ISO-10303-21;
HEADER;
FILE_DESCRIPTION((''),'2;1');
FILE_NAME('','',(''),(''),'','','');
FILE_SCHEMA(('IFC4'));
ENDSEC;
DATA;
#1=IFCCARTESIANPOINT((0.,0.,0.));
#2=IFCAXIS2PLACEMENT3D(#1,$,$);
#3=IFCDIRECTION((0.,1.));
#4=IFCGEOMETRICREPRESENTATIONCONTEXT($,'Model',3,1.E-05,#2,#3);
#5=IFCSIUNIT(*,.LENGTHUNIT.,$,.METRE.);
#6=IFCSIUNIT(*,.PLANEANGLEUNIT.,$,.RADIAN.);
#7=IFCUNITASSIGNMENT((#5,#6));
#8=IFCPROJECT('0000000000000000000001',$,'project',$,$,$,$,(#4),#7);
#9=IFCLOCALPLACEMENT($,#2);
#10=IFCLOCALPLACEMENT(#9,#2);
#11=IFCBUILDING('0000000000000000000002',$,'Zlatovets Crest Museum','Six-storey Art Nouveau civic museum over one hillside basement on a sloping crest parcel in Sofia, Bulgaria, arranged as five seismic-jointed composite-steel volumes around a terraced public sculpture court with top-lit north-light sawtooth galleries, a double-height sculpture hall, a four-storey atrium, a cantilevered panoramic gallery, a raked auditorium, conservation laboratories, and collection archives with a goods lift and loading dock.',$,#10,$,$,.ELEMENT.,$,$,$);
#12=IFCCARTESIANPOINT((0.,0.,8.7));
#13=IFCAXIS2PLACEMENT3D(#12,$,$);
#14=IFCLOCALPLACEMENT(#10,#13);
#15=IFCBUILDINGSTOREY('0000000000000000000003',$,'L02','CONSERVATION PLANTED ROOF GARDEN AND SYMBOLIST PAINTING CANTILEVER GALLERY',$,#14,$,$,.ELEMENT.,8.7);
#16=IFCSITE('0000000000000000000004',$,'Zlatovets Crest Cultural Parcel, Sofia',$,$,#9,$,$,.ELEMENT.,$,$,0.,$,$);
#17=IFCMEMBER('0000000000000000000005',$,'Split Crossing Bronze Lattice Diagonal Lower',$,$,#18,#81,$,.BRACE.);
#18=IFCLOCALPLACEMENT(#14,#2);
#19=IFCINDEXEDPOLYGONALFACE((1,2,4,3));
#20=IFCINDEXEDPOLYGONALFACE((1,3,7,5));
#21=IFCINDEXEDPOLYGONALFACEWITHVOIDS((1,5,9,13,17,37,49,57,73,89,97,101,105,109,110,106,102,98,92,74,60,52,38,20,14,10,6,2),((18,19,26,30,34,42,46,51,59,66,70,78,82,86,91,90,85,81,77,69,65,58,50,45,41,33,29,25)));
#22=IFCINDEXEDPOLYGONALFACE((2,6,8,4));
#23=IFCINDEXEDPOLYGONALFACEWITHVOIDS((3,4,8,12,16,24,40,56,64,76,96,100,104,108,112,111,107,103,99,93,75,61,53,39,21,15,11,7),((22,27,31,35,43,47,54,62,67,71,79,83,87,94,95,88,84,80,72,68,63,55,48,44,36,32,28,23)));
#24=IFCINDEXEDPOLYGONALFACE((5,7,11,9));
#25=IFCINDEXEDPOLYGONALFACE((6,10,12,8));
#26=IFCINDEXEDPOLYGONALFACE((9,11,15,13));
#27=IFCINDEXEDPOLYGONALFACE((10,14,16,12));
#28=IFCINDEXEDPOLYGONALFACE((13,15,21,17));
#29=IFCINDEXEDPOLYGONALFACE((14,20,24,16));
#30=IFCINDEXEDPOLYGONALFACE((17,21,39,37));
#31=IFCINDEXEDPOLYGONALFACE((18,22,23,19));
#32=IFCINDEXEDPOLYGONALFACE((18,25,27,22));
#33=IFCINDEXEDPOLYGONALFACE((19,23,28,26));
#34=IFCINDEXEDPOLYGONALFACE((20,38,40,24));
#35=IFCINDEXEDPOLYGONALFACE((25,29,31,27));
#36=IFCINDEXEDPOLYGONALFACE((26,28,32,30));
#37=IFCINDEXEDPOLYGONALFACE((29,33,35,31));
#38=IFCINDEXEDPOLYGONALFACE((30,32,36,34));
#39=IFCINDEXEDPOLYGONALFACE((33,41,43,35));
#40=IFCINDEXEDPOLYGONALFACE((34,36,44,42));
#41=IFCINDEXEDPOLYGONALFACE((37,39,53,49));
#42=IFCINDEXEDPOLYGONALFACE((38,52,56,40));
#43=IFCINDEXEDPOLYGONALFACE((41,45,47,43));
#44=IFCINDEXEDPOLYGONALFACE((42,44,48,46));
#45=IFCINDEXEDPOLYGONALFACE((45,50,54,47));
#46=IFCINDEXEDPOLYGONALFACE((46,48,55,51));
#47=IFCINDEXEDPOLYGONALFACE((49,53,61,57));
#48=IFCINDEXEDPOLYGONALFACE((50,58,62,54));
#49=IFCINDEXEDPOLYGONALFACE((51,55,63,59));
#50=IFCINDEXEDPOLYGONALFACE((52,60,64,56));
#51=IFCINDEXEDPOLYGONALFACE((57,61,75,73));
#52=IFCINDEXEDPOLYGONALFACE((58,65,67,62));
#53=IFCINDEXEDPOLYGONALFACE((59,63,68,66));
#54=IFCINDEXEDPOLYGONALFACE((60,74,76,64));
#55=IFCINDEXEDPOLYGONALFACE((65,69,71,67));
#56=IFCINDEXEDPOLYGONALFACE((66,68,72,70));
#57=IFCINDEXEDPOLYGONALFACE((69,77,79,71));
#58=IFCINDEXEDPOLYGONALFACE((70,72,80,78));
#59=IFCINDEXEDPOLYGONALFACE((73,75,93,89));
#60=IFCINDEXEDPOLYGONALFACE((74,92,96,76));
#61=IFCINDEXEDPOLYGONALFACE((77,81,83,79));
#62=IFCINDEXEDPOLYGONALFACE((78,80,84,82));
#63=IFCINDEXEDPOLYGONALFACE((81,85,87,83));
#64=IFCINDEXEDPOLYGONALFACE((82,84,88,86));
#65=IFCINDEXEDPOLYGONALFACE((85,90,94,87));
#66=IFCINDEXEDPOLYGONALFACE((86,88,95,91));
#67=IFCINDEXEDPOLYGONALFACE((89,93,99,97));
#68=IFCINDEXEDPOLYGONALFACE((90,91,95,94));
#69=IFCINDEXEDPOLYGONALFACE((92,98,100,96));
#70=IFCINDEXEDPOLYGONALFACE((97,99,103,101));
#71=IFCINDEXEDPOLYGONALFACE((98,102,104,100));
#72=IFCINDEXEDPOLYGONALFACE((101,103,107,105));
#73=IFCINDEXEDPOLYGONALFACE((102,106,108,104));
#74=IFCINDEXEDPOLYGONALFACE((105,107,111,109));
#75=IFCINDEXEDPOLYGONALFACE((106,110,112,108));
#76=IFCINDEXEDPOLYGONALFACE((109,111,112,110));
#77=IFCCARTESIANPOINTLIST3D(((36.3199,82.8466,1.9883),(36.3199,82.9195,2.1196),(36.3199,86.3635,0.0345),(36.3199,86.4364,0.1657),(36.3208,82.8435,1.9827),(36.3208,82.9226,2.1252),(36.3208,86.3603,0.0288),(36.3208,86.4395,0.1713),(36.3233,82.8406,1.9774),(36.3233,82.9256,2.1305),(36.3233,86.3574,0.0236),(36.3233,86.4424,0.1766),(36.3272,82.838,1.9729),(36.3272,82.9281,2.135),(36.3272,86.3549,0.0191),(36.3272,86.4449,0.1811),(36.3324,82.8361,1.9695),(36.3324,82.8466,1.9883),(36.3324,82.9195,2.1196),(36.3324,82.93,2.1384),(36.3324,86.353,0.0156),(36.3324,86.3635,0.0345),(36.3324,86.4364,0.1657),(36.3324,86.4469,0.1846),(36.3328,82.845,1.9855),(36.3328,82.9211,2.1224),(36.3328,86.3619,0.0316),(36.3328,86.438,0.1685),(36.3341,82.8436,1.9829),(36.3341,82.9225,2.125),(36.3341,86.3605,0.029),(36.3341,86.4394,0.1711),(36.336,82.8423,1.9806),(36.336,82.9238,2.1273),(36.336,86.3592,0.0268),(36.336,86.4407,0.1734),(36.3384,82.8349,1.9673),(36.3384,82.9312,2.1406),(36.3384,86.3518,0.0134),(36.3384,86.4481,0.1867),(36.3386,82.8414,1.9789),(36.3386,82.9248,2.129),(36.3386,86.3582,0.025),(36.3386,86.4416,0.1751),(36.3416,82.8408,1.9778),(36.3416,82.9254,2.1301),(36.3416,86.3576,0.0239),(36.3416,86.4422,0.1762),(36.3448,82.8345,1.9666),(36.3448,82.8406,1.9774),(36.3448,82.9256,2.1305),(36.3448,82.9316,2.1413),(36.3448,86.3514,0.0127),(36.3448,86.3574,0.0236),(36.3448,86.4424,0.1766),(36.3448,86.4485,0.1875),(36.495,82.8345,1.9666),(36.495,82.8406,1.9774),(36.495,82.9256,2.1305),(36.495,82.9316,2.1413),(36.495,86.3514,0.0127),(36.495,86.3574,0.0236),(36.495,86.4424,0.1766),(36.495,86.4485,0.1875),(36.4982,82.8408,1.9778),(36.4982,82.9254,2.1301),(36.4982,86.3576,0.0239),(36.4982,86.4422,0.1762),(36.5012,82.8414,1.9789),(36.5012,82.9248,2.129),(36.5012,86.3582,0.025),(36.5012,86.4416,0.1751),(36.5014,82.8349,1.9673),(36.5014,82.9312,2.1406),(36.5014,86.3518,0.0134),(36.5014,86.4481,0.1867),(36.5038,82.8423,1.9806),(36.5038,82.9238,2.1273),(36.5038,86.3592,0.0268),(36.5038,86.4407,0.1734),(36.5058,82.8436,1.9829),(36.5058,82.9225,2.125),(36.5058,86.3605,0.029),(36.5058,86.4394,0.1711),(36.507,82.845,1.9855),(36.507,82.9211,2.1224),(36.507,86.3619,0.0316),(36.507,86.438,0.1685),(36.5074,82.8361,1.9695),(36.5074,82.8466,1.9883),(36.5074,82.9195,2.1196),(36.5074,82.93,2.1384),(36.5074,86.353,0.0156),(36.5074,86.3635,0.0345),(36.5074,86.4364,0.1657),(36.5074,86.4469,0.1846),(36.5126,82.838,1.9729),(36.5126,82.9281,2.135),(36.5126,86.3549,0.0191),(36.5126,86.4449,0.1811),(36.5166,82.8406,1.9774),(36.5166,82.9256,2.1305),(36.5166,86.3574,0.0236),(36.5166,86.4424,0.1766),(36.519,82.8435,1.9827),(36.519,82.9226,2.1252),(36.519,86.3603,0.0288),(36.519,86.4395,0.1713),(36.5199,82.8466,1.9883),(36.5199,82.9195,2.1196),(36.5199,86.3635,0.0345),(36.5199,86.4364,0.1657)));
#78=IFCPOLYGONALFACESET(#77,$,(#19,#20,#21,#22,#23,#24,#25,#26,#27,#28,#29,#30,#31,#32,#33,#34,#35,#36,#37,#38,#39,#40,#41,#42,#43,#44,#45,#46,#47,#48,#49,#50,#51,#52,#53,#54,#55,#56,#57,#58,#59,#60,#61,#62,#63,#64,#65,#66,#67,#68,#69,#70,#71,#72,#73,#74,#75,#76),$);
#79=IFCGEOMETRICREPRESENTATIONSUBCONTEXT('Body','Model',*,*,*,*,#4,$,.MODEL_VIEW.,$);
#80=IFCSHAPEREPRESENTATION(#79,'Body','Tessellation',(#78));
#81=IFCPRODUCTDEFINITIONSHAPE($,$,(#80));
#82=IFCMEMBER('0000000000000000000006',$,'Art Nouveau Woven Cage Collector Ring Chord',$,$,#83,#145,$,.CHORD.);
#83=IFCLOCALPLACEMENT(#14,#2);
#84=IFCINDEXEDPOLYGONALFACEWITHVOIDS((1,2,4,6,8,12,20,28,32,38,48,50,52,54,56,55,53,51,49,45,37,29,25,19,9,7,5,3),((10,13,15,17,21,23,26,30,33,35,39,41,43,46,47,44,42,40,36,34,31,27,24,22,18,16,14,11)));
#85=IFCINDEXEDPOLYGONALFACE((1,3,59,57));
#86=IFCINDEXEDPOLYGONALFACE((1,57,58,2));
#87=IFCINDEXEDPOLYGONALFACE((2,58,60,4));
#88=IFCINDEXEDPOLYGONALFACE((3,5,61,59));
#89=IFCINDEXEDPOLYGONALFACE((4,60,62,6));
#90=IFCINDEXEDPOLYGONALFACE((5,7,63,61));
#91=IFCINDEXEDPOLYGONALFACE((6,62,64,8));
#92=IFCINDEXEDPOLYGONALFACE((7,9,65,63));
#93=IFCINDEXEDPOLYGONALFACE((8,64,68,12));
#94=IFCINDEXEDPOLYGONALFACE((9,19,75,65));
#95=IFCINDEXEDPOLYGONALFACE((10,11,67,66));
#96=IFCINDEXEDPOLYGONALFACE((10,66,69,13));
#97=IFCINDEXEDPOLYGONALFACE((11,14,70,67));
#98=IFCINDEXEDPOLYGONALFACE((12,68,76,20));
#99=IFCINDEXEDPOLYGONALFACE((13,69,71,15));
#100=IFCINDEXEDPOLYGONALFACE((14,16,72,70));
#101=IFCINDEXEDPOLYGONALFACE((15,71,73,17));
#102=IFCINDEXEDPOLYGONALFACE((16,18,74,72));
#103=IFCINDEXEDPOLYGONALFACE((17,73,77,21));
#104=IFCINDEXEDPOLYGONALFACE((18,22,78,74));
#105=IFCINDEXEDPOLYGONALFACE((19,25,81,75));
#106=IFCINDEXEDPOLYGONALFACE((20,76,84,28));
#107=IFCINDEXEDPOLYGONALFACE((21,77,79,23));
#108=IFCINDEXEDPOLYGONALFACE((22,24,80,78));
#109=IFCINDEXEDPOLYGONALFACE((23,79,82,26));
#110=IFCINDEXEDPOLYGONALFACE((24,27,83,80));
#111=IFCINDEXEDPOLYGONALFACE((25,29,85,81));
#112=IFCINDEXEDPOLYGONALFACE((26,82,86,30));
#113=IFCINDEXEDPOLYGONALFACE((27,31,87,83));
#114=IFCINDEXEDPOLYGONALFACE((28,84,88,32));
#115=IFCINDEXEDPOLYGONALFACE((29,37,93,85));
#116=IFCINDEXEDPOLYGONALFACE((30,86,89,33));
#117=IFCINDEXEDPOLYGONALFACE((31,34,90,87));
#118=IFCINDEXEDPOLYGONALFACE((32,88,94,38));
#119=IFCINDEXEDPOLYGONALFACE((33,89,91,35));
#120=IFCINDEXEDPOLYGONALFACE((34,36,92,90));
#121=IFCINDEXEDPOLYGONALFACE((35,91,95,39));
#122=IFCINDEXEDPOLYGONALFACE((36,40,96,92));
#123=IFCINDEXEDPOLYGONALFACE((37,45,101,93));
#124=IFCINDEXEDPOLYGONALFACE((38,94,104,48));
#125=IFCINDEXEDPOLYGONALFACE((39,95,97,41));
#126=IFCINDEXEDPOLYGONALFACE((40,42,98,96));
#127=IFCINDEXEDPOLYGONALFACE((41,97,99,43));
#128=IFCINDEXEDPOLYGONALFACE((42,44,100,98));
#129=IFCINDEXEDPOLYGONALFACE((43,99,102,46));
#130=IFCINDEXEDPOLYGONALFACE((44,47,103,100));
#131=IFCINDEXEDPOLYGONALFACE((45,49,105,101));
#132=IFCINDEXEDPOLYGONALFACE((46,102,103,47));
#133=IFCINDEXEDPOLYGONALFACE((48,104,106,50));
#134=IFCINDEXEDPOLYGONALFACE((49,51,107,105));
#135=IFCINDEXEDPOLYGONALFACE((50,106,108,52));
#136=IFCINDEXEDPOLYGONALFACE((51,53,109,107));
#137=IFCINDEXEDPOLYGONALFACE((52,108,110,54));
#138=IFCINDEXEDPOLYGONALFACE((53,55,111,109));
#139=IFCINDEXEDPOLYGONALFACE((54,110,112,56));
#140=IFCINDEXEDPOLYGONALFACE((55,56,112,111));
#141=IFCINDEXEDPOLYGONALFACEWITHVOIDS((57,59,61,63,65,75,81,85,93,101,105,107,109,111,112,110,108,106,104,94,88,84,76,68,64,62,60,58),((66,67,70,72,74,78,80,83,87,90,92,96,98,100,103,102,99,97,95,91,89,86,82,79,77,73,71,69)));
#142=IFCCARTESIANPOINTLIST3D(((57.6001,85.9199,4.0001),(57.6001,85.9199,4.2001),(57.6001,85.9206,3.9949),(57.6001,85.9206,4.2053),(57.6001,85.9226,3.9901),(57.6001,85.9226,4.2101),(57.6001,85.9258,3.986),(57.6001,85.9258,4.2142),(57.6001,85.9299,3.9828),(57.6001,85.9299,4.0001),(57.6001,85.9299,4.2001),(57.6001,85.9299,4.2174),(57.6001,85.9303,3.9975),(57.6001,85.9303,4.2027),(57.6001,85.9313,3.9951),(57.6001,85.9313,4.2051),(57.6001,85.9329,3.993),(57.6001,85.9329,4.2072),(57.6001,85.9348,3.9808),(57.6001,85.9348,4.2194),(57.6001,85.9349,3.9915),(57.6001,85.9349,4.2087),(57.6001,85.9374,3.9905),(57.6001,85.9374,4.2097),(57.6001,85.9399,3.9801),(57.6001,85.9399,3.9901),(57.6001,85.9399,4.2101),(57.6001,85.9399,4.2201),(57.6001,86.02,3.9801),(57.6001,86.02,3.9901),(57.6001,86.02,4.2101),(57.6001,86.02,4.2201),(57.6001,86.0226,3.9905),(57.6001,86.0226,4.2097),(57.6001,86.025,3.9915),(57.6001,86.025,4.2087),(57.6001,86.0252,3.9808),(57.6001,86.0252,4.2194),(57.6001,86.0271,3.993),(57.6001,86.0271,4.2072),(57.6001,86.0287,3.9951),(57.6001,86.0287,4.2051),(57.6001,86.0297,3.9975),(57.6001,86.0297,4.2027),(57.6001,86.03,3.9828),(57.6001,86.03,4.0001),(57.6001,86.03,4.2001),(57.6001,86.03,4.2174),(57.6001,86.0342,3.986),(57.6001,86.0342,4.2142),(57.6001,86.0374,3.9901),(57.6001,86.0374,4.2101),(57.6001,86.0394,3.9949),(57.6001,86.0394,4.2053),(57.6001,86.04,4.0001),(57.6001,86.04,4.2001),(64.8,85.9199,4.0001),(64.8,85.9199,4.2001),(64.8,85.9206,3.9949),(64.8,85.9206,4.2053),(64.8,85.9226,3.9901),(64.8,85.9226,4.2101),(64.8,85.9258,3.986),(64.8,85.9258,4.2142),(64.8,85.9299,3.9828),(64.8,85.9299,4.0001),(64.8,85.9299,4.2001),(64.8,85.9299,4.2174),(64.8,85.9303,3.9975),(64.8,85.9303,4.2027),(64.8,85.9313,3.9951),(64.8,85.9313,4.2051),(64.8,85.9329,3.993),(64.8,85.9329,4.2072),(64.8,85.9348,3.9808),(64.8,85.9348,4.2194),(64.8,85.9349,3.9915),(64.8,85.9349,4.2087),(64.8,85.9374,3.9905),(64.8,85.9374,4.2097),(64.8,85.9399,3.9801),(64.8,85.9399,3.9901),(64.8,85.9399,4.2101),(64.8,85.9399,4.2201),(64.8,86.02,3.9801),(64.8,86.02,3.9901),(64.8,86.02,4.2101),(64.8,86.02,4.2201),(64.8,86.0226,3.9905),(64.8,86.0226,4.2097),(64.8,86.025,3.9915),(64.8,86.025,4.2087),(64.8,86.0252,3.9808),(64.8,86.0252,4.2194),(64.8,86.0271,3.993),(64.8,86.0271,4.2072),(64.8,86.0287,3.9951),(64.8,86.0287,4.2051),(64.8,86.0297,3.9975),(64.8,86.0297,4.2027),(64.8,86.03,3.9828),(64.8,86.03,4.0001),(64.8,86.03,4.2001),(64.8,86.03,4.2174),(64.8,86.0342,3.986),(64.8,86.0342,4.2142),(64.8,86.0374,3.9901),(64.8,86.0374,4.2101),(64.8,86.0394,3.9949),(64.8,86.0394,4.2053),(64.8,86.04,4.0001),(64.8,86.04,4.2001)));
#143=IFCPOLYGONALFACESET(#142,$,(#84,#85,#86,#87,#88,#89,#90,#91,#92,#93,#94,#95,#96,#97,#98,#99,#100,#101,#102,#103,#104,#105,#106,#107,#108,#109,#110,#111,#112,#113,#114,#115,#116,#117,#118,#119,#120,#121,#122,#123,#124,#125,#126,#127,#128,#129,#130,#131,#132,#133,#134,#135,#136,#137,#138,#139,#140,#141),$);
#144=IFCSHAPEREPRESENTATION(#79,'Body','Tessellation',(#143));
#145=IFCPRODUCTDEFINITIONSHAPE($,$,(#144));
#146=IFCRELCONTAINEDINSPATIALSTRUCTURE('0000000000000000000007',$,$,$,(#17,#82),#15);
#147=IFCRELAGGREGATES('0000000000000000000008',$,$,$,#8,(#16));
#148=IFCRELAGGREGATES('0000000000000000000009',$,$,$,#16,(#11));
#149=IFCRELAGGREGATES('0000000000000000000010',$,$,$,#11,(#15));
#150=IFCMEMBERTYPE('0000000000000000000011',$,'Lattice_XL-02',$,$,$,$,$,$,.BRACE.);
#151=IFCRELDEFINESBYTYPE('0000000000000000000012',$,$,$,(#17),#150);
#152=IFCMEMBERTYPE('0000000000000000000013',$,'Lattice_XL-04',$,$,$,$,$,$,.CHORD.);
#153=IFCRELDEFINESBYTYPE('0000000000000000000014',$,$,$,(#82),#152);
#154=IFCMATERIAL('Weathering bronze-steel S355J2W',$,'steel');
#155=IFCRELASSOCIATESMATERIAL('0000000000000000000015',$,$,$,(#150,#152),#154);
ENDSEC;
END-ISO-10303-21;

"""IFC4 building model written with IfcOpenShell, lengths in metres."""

from ifc_helpers import new_model, si_unit, direction, frame, origin, origin_2d, place, context, subcontext, project, spatial, hollow_rectangle, extrude, material, material_profile, profile_set, type_object, element, save


model = new_model("IFC4")

# Units and contexts
model_context = context("Model", 3, precision=1e-05, world=origin(), true_north=direction((0.0, 1.0)))
body_context = subcontext(model_context, "Body", "Model", "MODEL_VIEW")
ifc_project = project(units=[si_unit("LENGTHUNIT", "METRE"), si_unit("PLANEANGLEUNIT", "RADIAN")], contexts=[model_context])

# Site, building, storey
site_placement = place(None, origin())
site = spatial("IfcSite", under=ifc_project, at=site_placement, Name="Zlatovets Crest Cultural Parcel, Sofia", CompositionType="ELEMENT", RefElevation=0.0)
building_placement = place(site_placement, origin())
building = spatial("IfcBuilding", under=site, at=building_placement, Name="Zlatovets Crest Museum", Description="Six-storey Art Nouveau civic museum over one hillside basement on a sloping crest parcel in Sofia, Bulgaria, arranged as five seismic-jointed composite-steel volumes around a terraced public sculpture court with top-lit north-light sawtooth galleries, a double-height sculpture hall, a four-storey atrium, a cantilevered panoramic gallery, a raked auditorium, conservation laboratories, and collection archives with a goods lift and loading dock.", CompositionType="ELEMENT")
storey_placement = place(building_placement, frame((0.0, 0.0, 8.7)))
storey = spatial("IfcBuildingStorey", under=building, at=storey_placement, Name="L02", Description="CONSERVATION PLANTED ROOF GARDEN AND SYMBOLIST PAINTING CANTILEVER GALLERY", CompositionType="ELEMENT", Elevation=8.7)

# Members
ifc_material_1 = material(Name="Weathering bronze-steel S355J2W", Category="steel")
ifc_material_profile_1 = material_profile(ifc_material_1, hollow_rectangle(XDim=0.2, YDim=0.2, WallThickness=0.0125, InnerFilletRadius=0.0125, OuterFilletRadius=0.0249, at=origin_2d()), Name="SHS 200x200x12.5")
ifc_profile_set_1 = profile_set([ifc_material_profile_1], Name="Weathering bronze-steel S355J2W")
member_type_1 = type_object("IfcMemberType", Name="Lattice_XL-02", PredefinedType="BRACE", material=ifc_profile_set_1)
member_1_placement = place(storey_placement, frame((36.4199, 82.8831, 2.054), z_axis=(0.0, 0.874152, -0.485653), x_axis=(-1.0, 0.0, 0.0)))
element("IfcMember", 1, at=member_1_placement, inside=storey, type_object=member_type_1, Name="Split Crossing Bronze Lattice Diagonal Lower", PredefinedType="BRACE", context=body_context, shape_type="SweptSolid", body=[
    extrude(hollow_rectangle(XDim=0.2, YDim=0.2, WallThickness=0.0125, InnerFilletRadius=0.0125, OuterFilletRadius=0.0249, at=origin_2d()), origin(), (0.0, 0.0, 1.0), 4.0232),
])
ifc_material_profile_2 = material_profile(ifc_material_1, hollow_rectangle(XDim=0.1201, YDim=0.24, WallThickness=0.01, InnerFilletRadius=0.01, OuterFilletRadius=0.02, at=origin_2d()), Name="RHS 120x240x10.0")
ifc_profile_set_2 = profile_set([ifc_material_profile_2], Name="Weathering bronze-steel S355J2W")
member_type_2 = type_object("IfcMemberType", Name="Lattice_XL-04", PredefinedType="CHORD", material=ifc_profile_set_2)
for number, where, z_axis, x_axis, name in (
    (2, (57.6001, 85.98, 4.1001), (1.0, 0.0, 0.0), (0.0, 1.0, 0.0), "Art Nouveau Woven Cage Collector Ring Chord"),
):
    element("IfcMember", number, at=place(storey_placement, frame(where, z_axis=z_axis, x_axis=x_axis)), inside=storey, type_object=member_type_2, Name=name, PredefinedType="CHORD", context=body_context, shape_type="SweptSolid", body=[
        extrude(hollow_rectangle(XDim=0.1201, YDim=0.24, WallThickness=0.01, InnerFilletRadius=0.01, OuterFilletRadius=0.02, at=origin_2d()), origin(), (0.0, 0.0, 1.0), 7.2),
    ])

save(model, "model.ifc")
